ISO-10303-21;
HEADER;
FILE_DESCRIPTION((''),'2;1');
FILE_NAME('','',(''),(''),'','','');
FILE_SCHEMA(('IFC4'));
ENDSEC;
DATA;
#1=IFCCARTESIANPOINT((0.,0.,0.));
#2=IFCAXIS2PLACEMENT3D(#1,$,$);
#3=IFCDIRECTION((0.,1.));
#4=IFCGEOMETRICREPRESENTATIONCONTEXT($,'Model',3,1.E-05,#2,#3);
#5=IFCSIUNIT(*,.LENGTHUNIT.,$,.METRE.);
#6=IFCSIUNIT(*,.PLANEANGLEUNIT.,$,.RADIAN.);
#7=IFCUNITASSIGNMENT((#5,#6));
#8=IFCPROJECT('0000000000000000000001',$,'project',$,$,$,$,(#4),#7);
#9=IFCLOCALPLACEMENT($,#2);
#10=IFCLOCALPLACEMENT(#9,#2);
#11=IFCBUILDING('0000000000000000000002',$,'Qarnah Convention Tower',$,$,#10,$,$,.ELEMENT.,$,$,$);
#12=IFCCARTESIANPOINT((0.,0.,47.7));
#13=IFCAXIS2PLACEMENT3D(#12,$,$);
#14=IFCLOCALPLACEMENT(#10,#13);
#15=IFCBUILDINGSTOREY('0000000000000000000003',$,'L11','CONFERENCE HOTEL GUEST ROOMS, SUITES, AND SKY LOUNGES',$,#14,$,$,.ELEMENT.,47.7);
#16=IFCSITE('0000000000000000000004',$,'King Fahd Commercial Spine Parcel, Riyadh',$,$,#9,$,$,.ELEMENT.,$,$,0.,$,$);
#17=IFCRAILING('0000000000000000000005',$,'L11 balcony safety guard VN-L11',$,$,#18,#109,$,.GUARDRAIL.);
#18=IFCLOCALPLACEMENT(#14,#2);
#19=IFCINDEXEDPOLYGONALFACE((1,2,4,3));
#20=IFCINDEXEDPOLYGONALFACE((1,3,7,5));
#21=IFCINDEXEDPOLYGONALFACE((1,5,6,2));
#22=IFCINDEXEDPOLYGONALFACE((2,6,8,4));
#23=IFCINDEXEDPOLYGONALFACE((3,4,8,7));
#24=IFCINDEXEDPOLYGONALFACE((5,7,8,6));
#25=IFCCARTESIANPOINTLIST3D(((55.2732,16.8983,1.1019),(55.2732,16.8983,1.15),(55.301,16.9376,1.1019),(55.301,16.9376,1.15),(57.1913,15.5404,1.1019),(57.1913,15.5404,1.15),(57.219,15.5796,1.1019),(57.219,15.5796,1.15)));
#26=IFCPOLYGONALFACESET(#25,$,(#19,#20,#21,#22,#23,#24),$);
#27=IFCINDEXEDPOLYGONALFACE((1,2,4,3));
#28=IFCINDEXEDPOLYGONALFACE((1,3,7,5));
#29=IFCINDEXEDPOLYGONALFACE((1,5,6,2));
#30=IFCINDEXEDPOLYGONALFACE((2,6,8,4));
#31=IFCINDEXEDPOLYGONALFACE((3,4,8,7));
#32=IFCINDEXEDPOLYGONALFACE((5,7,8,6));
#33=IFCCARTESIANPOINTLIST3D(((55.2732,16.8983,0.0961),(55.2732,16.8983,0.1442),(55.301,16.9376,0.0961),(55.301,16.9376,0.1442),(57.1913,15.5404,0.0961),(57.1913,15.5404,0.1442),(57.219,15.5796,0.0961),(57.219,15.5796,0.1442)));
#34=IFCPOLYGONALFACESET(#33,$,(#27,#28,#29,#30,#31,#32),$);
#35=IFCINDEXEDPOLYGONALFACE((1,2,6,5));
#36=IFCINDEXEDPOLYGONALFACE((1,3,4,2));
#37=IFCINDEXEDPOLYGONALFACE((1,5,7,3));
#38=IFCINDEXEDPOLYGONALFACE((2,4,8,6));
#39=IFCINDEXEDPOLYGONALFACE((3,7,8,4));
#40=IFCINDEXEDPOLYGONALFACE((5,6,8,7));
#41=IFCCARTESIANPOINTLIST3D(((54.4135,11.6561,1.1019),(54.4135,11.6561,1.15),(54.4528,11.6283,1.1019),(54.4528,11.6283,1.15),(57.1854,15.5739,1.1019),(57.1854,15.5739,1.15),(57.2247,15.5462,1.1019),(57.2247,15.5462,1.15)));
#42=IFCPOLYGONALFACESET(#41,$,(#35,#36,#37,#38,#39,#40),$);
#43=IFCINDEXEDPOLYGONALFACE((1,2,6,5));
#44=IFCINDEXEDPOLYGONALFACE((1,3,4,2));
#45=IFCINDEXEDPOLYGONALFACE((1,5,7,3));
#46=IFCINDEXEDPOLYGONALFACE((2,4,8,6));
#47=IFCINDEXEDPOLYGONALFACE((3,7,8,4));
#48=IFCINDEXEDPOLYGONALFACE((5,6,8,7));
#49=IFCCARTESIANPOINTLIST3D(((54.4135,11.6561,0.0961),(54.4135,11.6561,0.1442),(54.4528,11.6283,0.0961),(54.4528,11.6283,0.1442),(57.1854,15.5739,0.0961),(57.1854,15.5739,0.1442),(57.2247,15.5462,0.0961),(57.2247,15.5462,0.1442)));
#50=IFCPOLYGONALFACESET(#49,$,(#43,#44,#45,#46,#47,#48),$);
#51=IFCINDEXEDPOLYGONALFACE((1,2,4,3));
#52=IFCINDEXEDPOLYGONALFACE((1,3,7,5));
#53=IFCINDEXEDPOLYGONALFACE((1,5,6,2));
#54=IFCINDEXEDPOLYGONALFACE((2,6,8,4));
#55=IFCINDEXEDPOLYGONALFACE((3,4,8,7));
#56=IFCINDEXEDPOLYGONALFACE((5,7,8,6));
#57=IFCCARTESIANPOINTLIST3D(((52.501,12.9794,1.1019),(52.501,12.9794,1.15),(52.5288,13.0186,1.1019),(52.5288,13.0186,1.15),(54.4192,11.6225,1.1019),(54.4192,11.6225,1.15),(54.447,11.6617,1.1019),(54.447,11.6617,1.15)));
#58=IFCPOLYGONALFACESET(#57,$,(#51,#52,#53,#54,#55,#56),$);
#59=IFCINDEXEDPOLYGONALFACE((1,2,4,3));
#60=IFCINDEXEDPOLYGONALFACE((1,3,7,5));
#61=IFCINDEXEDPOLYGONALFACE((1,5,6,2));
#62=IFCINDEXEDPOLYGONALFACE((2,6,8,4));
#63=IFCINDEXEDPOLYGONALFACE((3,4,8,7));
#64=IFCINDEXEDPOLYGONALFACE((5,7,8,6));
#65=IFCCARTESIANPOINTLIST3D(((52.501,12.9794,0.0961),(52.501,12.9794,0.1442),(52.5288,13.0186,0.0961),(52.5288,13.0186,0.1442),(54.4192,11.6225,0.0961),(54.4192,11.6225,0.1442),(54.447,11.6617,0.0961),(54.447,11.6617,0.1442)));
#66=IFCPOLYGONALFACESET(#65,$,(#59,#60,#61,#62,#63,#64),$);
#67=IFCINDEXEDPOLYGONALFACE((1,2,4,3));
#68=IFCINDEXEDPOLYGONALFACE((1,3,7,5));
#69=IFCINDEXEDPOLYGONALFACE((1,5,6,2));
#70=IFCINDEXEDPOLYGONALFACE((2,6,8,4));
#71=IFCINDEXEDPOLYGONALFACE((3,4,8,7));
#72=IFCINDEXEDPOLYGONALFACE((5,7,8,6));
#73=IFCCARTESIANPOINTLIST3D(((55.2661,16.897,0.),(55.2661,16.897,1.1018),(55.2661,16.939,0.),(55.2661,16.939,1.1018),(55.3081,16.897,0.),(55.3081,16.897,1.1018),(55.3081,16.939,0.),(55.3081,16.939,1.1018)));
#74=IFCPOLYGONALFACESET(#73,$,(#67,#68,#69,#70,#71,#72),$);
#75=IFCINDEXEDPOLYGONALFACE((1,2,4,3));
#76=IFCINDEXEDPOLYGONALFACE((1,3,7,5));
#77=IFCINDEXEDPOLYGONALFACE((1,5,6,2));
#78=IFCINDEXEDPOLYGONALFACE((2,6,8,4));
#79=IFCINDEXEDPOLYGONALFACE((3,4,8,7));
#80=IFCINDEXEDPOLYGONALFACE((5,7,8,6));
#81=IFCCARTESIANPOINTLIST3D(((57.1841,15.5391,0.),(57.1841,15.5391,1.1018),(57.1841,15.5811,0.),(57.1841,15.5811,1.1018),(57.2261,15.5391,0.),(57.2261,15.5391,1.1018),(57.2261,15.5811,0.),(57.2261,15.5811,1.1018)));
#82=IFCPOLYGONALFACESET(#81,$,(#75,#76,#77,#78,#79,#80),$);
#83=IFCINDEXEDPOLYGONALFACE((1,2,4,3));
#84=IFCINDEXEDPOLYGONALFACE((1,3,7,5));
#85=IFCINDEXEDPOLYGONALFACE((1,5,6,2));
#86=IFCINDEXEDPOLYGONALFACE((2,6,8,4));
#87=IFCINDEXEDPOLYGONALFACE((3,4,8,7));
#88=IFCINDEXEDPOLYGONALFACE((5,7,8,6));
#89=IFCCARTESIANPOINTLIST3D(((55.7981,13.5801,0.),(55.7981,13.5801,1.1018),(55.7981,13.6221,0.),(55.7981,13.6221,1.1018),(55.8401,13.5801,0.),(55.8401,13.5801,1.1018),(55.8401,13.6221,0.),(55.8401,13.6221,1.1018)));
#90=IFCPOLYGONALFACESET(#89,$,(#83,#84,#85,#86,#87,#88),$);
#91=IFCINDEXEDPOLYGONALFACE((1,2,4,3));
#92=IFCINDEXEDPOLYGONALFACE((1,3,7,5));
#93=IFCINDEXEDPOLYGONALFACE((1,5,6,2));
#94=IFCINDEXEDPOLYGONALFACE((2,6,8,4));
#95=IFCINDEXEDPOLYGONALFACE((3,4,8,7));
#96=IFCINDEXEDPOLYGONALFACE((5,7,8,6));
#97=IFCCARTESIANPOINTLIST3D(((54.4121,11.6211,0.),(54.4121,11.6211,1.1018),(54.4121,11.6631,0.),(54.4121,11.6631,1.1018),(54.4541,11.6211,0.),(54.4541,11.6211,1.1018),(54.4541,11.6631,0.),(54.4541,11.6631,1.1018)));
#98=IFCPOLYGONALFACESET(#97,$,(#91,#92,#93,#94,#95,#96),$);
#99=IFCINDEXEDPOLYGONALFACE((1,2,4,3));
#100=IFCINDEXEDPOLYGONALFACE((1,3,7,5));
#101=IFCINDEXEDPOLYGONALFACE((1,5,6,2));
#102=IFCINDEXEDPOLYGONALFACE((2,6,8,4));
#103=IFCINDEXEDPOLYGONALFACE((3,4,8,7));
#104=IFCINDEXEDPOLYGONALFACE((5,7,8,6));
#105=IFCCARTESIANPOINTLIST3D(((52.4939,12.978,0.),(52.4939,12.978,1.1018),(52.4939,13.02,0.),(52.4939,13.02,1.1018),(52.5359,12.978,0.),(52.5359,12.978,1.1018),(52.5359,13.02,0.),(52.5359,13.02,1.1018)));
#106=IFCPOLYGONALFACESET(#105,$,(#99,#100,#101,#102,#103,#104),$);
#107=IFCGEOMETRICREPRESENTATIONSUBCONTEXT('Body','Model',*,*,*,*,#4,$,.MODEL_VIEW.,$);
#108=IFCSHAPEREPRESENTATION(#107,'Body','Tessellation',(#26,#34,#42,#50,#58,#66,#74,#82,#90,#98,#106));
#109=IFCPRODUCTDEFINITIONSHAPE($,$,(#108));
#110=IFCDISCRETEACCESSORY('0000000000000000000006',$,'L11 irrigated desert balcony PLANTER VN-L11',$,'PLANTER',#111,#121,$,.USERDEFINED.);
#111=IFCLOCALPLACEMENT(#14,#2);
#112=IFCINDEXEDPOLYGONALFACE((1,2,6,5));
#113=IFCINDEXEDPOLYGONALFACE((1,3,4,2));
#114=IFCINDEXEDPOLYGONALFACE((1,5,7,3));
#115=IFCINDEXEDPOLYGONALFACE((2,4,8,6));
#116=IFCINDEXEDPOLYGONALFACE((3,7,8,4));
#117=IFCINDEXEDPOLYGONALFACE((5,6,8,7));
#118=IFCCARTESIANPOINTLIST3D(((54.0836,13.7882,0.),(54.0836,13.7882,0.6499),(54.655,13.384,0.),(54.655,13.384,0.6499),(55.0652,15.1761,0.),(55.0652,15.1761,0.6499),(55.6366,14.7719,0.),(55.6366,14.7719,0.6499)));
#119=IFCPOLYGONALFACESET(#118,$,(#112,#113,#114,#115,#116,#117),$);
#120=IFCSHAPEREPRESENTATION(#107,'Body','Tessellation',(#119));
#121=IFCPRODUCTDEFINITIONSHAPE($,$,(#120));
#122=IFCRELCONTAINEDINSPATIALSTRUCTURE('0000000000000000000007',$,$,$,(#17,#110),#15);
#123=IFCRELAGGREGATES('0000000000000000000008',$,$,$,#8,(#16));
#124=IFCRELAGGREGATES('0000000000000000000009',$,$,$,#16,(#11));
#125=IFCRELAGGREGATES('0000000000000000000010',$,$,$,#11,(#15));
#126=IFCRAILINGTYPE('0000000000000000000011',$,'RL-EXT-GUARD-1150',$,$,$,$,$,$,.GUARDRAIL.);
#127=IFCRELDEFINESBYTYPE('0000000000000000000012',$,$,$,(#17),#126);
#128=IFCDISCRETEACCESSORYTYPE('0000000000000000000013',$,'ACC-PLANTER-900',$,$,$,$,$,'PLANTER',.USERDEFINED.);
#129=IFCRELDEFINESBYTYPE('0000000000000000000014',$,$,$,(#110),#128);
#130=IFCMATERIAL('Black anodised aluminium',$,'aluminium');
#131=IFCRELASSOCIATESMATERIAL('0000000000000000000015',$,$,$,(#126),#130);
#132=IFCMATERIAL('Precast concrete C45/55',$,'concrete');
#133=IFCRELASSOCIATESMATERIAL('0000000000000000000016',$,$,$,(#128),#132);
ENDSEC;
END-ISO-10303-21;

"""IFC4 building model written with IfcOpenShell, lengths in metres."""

from ifc_helpers import new_model, si_unit, direction, frame, origin, origin_2d, place, context, subcontext, project, spatial, rectangle, extrude, material, type_object, element, save


model = new_model("IFC4")

# Units and contexts
model_context = context("Model", 3, precision=1e-05, world=origin(), true_north=direction((0.0, 1.0)))
body_context = subcontext(model_context, "Body", "Model", "MODEL_VIEW")
ifc_project = project(units=[si_unit("LENGTHUNIT", "METRE"), si_unit("PLANEANGLEUNIT", "RADIAN")], contexts=[model_context])

# Site, building, storey
site_placement = place(None, origin())
site = spatial("IfcSite", under=ifc_project, at=site_placement, Name="King Fahd Commercial Spine Parcel, Riyadh", CompositionType="ELEMENT", RefElevation=0.0)
building_placement = place(site_placement, origin())
building = spatial("IfcBuilding", under=site, at=building_placement, Name="Qarnah Convention Tower", CompositionType="ELEMENT")
storey_placement = place(building_placement, frame((0.0, 0.0, 47.7)))
storey = spatial("IfcBuildingStorey", under=building, at=storey_placement, Name="L11", Description="CONFERENCE HOTEL GUEST ROOMS, SUITES, AND SKY LOUNGES", CompositionType="ELEMENT", Elevation=47.7)

# Shared definitions
ifc_material_1 = material(Name="Black anodised aluminium", Category="aluminium")

# Shared definitions
ifc_material_2 = material(Name="Precast concrete C45/55", Category="concrete")

# Railing
railing_type = type_object("IfcRailingType", Name="RL-EXT-GUARD-1150", PredefinedType="GUARDRAIL", material=ifc_material_1)
railing_1_placement = place(storey_placement, frame((55.2871, 16.918, 0.0)))
element("IfcRailing", 1, at=railing_1_placement, inside=storey, type_object=railing_type, Name="L11 balcony safety guard VN-L11", PredefinedType="GUARDRAIL", context=body_context, shape_type="SweptSolid", body=[
    extrude(rectangle(XDim=0.0481, YDim=0.0481, at=origin_2d()), frame((0.0, 0.0, 1.126), z_axis=(0.816155, -0.577833, 0.0), x_axis=(0.577833, 0.816155, 0.0)), (0.0, 0.0, 1.0), 2.3501),
    extrude(rectangle(XDim=0.0481, YDim=0.0481, at=origin_2d()), frame((0.0, 0.0, 0.1201), z_axis=(0.816155, -0.577833, 0.0), x_axis=(0.577833, 0.816155, 0.0)), (0.0, 0.0, 1.0), 2.3501),
    extrude(rectangle(XDim=0.0481, YDim=0.0481, at=origin_2d()), frame((1.918, -1.3579, 1.126), z_axis=(-0.577566, -0.816344, 0.0), x_axis=(0.816344, -0.577566, 0.0)), (0.0, 0.0, 1.0), 4.7993),
    extrude(rectangle(XDim=0.0481, YDim=0.0481, at=origin_2d()), frame((1.918, -1.3579, 0.1201), z_axis=(-0.577566, -0.816344, 0.0), x_axis=(0.816344, -0.577566, 0.0)), (0.0, 0.0, 1.0), 4.7993),
    extrude(rectangle(XDim=0.0481, YDim=0.0481, at=origin_2d()), frame((-0.854, -5.2759, 1.126), z_axis=(-0.816386, 0.577507, 0.0), x_axis=(-0.577507, -0.816386, 0.0)), (0.0, 0.0, 1.0), 2.3496),
    extrude(rectangle(XDim=0.0481, YDim=0.0481, at=origin_2d()), frame((-0.854, -5.2759, 0.1201), z_axis=(-0.816386, 0.577507, 0.0), x_axis=(-0.577507, -0.816386, 0.0)), (0.0, 0.0, 1.0), 2.3496),
    extrude(rectangle(XDim=0.042, YDim=0.042, at=origin_2d()), origin(), (0.0, 0.0, 1.0), 1.1018),
    extrude(rectangle(XDim=0.042, YDim=0.042, at=origin_2d()), frame((1.918, -1.3579, 0.0)), (0.0, 0.0, 1.0), 1.1018),
    extrude(rectangle(XDim=0.042, YDim=0.042, at=origin_2d()), frame((0.532, -3.3169, 0.0)), (0.0, 0.0, 1.0), 1.1018),
    extrude(rectangle(XDim=0.042, YDim=0.042, at=origin_2d()), frame((-0.854, -5.2759, 0.0)), (0.0, 0.0, 1.0), 1.1018),
    extrude(rectangle(XDim=0.042, YDim=0.042, at=origin_2d()), frame((-2.7722, -3.9189, 0.0)), (0.0, 0.0, 1.0), 1.1018),
])

# Discrete accessory
discrete_accessory_type = type_object("IfcDiscreteAccessoryType", Name="ACC-PLANTER-900", ElementType="PLANTER", PredefinedType="USERDEFINED", material=ifc_material_2)
discrete_accessory_placement = place(storey_placement, frame((54.8601, 14.28, 0.0), z_axis=(0.0, 0.0, 1.0), x_axis=(0.57743, 0.81644, 0.0)))
element("IfcDiscreteAccessory", 2, at=discrete_accessory_placement, inside=storey, type_object=discrete_accessory_type, Name="L11 irrigated desert balcony PLANTER VN-L11", ObjectType="PLANTER", PredefinedType="USERDEFINED", context=body_context, shape_type="SweptSolid", body=[
    extrude(rectangle(XDim=1.7, YDim=0.7, at=origin_2d()), origin(), (0.0, 0.0, 1.0), 0.6499),
])

save(model, "model.ifc")
